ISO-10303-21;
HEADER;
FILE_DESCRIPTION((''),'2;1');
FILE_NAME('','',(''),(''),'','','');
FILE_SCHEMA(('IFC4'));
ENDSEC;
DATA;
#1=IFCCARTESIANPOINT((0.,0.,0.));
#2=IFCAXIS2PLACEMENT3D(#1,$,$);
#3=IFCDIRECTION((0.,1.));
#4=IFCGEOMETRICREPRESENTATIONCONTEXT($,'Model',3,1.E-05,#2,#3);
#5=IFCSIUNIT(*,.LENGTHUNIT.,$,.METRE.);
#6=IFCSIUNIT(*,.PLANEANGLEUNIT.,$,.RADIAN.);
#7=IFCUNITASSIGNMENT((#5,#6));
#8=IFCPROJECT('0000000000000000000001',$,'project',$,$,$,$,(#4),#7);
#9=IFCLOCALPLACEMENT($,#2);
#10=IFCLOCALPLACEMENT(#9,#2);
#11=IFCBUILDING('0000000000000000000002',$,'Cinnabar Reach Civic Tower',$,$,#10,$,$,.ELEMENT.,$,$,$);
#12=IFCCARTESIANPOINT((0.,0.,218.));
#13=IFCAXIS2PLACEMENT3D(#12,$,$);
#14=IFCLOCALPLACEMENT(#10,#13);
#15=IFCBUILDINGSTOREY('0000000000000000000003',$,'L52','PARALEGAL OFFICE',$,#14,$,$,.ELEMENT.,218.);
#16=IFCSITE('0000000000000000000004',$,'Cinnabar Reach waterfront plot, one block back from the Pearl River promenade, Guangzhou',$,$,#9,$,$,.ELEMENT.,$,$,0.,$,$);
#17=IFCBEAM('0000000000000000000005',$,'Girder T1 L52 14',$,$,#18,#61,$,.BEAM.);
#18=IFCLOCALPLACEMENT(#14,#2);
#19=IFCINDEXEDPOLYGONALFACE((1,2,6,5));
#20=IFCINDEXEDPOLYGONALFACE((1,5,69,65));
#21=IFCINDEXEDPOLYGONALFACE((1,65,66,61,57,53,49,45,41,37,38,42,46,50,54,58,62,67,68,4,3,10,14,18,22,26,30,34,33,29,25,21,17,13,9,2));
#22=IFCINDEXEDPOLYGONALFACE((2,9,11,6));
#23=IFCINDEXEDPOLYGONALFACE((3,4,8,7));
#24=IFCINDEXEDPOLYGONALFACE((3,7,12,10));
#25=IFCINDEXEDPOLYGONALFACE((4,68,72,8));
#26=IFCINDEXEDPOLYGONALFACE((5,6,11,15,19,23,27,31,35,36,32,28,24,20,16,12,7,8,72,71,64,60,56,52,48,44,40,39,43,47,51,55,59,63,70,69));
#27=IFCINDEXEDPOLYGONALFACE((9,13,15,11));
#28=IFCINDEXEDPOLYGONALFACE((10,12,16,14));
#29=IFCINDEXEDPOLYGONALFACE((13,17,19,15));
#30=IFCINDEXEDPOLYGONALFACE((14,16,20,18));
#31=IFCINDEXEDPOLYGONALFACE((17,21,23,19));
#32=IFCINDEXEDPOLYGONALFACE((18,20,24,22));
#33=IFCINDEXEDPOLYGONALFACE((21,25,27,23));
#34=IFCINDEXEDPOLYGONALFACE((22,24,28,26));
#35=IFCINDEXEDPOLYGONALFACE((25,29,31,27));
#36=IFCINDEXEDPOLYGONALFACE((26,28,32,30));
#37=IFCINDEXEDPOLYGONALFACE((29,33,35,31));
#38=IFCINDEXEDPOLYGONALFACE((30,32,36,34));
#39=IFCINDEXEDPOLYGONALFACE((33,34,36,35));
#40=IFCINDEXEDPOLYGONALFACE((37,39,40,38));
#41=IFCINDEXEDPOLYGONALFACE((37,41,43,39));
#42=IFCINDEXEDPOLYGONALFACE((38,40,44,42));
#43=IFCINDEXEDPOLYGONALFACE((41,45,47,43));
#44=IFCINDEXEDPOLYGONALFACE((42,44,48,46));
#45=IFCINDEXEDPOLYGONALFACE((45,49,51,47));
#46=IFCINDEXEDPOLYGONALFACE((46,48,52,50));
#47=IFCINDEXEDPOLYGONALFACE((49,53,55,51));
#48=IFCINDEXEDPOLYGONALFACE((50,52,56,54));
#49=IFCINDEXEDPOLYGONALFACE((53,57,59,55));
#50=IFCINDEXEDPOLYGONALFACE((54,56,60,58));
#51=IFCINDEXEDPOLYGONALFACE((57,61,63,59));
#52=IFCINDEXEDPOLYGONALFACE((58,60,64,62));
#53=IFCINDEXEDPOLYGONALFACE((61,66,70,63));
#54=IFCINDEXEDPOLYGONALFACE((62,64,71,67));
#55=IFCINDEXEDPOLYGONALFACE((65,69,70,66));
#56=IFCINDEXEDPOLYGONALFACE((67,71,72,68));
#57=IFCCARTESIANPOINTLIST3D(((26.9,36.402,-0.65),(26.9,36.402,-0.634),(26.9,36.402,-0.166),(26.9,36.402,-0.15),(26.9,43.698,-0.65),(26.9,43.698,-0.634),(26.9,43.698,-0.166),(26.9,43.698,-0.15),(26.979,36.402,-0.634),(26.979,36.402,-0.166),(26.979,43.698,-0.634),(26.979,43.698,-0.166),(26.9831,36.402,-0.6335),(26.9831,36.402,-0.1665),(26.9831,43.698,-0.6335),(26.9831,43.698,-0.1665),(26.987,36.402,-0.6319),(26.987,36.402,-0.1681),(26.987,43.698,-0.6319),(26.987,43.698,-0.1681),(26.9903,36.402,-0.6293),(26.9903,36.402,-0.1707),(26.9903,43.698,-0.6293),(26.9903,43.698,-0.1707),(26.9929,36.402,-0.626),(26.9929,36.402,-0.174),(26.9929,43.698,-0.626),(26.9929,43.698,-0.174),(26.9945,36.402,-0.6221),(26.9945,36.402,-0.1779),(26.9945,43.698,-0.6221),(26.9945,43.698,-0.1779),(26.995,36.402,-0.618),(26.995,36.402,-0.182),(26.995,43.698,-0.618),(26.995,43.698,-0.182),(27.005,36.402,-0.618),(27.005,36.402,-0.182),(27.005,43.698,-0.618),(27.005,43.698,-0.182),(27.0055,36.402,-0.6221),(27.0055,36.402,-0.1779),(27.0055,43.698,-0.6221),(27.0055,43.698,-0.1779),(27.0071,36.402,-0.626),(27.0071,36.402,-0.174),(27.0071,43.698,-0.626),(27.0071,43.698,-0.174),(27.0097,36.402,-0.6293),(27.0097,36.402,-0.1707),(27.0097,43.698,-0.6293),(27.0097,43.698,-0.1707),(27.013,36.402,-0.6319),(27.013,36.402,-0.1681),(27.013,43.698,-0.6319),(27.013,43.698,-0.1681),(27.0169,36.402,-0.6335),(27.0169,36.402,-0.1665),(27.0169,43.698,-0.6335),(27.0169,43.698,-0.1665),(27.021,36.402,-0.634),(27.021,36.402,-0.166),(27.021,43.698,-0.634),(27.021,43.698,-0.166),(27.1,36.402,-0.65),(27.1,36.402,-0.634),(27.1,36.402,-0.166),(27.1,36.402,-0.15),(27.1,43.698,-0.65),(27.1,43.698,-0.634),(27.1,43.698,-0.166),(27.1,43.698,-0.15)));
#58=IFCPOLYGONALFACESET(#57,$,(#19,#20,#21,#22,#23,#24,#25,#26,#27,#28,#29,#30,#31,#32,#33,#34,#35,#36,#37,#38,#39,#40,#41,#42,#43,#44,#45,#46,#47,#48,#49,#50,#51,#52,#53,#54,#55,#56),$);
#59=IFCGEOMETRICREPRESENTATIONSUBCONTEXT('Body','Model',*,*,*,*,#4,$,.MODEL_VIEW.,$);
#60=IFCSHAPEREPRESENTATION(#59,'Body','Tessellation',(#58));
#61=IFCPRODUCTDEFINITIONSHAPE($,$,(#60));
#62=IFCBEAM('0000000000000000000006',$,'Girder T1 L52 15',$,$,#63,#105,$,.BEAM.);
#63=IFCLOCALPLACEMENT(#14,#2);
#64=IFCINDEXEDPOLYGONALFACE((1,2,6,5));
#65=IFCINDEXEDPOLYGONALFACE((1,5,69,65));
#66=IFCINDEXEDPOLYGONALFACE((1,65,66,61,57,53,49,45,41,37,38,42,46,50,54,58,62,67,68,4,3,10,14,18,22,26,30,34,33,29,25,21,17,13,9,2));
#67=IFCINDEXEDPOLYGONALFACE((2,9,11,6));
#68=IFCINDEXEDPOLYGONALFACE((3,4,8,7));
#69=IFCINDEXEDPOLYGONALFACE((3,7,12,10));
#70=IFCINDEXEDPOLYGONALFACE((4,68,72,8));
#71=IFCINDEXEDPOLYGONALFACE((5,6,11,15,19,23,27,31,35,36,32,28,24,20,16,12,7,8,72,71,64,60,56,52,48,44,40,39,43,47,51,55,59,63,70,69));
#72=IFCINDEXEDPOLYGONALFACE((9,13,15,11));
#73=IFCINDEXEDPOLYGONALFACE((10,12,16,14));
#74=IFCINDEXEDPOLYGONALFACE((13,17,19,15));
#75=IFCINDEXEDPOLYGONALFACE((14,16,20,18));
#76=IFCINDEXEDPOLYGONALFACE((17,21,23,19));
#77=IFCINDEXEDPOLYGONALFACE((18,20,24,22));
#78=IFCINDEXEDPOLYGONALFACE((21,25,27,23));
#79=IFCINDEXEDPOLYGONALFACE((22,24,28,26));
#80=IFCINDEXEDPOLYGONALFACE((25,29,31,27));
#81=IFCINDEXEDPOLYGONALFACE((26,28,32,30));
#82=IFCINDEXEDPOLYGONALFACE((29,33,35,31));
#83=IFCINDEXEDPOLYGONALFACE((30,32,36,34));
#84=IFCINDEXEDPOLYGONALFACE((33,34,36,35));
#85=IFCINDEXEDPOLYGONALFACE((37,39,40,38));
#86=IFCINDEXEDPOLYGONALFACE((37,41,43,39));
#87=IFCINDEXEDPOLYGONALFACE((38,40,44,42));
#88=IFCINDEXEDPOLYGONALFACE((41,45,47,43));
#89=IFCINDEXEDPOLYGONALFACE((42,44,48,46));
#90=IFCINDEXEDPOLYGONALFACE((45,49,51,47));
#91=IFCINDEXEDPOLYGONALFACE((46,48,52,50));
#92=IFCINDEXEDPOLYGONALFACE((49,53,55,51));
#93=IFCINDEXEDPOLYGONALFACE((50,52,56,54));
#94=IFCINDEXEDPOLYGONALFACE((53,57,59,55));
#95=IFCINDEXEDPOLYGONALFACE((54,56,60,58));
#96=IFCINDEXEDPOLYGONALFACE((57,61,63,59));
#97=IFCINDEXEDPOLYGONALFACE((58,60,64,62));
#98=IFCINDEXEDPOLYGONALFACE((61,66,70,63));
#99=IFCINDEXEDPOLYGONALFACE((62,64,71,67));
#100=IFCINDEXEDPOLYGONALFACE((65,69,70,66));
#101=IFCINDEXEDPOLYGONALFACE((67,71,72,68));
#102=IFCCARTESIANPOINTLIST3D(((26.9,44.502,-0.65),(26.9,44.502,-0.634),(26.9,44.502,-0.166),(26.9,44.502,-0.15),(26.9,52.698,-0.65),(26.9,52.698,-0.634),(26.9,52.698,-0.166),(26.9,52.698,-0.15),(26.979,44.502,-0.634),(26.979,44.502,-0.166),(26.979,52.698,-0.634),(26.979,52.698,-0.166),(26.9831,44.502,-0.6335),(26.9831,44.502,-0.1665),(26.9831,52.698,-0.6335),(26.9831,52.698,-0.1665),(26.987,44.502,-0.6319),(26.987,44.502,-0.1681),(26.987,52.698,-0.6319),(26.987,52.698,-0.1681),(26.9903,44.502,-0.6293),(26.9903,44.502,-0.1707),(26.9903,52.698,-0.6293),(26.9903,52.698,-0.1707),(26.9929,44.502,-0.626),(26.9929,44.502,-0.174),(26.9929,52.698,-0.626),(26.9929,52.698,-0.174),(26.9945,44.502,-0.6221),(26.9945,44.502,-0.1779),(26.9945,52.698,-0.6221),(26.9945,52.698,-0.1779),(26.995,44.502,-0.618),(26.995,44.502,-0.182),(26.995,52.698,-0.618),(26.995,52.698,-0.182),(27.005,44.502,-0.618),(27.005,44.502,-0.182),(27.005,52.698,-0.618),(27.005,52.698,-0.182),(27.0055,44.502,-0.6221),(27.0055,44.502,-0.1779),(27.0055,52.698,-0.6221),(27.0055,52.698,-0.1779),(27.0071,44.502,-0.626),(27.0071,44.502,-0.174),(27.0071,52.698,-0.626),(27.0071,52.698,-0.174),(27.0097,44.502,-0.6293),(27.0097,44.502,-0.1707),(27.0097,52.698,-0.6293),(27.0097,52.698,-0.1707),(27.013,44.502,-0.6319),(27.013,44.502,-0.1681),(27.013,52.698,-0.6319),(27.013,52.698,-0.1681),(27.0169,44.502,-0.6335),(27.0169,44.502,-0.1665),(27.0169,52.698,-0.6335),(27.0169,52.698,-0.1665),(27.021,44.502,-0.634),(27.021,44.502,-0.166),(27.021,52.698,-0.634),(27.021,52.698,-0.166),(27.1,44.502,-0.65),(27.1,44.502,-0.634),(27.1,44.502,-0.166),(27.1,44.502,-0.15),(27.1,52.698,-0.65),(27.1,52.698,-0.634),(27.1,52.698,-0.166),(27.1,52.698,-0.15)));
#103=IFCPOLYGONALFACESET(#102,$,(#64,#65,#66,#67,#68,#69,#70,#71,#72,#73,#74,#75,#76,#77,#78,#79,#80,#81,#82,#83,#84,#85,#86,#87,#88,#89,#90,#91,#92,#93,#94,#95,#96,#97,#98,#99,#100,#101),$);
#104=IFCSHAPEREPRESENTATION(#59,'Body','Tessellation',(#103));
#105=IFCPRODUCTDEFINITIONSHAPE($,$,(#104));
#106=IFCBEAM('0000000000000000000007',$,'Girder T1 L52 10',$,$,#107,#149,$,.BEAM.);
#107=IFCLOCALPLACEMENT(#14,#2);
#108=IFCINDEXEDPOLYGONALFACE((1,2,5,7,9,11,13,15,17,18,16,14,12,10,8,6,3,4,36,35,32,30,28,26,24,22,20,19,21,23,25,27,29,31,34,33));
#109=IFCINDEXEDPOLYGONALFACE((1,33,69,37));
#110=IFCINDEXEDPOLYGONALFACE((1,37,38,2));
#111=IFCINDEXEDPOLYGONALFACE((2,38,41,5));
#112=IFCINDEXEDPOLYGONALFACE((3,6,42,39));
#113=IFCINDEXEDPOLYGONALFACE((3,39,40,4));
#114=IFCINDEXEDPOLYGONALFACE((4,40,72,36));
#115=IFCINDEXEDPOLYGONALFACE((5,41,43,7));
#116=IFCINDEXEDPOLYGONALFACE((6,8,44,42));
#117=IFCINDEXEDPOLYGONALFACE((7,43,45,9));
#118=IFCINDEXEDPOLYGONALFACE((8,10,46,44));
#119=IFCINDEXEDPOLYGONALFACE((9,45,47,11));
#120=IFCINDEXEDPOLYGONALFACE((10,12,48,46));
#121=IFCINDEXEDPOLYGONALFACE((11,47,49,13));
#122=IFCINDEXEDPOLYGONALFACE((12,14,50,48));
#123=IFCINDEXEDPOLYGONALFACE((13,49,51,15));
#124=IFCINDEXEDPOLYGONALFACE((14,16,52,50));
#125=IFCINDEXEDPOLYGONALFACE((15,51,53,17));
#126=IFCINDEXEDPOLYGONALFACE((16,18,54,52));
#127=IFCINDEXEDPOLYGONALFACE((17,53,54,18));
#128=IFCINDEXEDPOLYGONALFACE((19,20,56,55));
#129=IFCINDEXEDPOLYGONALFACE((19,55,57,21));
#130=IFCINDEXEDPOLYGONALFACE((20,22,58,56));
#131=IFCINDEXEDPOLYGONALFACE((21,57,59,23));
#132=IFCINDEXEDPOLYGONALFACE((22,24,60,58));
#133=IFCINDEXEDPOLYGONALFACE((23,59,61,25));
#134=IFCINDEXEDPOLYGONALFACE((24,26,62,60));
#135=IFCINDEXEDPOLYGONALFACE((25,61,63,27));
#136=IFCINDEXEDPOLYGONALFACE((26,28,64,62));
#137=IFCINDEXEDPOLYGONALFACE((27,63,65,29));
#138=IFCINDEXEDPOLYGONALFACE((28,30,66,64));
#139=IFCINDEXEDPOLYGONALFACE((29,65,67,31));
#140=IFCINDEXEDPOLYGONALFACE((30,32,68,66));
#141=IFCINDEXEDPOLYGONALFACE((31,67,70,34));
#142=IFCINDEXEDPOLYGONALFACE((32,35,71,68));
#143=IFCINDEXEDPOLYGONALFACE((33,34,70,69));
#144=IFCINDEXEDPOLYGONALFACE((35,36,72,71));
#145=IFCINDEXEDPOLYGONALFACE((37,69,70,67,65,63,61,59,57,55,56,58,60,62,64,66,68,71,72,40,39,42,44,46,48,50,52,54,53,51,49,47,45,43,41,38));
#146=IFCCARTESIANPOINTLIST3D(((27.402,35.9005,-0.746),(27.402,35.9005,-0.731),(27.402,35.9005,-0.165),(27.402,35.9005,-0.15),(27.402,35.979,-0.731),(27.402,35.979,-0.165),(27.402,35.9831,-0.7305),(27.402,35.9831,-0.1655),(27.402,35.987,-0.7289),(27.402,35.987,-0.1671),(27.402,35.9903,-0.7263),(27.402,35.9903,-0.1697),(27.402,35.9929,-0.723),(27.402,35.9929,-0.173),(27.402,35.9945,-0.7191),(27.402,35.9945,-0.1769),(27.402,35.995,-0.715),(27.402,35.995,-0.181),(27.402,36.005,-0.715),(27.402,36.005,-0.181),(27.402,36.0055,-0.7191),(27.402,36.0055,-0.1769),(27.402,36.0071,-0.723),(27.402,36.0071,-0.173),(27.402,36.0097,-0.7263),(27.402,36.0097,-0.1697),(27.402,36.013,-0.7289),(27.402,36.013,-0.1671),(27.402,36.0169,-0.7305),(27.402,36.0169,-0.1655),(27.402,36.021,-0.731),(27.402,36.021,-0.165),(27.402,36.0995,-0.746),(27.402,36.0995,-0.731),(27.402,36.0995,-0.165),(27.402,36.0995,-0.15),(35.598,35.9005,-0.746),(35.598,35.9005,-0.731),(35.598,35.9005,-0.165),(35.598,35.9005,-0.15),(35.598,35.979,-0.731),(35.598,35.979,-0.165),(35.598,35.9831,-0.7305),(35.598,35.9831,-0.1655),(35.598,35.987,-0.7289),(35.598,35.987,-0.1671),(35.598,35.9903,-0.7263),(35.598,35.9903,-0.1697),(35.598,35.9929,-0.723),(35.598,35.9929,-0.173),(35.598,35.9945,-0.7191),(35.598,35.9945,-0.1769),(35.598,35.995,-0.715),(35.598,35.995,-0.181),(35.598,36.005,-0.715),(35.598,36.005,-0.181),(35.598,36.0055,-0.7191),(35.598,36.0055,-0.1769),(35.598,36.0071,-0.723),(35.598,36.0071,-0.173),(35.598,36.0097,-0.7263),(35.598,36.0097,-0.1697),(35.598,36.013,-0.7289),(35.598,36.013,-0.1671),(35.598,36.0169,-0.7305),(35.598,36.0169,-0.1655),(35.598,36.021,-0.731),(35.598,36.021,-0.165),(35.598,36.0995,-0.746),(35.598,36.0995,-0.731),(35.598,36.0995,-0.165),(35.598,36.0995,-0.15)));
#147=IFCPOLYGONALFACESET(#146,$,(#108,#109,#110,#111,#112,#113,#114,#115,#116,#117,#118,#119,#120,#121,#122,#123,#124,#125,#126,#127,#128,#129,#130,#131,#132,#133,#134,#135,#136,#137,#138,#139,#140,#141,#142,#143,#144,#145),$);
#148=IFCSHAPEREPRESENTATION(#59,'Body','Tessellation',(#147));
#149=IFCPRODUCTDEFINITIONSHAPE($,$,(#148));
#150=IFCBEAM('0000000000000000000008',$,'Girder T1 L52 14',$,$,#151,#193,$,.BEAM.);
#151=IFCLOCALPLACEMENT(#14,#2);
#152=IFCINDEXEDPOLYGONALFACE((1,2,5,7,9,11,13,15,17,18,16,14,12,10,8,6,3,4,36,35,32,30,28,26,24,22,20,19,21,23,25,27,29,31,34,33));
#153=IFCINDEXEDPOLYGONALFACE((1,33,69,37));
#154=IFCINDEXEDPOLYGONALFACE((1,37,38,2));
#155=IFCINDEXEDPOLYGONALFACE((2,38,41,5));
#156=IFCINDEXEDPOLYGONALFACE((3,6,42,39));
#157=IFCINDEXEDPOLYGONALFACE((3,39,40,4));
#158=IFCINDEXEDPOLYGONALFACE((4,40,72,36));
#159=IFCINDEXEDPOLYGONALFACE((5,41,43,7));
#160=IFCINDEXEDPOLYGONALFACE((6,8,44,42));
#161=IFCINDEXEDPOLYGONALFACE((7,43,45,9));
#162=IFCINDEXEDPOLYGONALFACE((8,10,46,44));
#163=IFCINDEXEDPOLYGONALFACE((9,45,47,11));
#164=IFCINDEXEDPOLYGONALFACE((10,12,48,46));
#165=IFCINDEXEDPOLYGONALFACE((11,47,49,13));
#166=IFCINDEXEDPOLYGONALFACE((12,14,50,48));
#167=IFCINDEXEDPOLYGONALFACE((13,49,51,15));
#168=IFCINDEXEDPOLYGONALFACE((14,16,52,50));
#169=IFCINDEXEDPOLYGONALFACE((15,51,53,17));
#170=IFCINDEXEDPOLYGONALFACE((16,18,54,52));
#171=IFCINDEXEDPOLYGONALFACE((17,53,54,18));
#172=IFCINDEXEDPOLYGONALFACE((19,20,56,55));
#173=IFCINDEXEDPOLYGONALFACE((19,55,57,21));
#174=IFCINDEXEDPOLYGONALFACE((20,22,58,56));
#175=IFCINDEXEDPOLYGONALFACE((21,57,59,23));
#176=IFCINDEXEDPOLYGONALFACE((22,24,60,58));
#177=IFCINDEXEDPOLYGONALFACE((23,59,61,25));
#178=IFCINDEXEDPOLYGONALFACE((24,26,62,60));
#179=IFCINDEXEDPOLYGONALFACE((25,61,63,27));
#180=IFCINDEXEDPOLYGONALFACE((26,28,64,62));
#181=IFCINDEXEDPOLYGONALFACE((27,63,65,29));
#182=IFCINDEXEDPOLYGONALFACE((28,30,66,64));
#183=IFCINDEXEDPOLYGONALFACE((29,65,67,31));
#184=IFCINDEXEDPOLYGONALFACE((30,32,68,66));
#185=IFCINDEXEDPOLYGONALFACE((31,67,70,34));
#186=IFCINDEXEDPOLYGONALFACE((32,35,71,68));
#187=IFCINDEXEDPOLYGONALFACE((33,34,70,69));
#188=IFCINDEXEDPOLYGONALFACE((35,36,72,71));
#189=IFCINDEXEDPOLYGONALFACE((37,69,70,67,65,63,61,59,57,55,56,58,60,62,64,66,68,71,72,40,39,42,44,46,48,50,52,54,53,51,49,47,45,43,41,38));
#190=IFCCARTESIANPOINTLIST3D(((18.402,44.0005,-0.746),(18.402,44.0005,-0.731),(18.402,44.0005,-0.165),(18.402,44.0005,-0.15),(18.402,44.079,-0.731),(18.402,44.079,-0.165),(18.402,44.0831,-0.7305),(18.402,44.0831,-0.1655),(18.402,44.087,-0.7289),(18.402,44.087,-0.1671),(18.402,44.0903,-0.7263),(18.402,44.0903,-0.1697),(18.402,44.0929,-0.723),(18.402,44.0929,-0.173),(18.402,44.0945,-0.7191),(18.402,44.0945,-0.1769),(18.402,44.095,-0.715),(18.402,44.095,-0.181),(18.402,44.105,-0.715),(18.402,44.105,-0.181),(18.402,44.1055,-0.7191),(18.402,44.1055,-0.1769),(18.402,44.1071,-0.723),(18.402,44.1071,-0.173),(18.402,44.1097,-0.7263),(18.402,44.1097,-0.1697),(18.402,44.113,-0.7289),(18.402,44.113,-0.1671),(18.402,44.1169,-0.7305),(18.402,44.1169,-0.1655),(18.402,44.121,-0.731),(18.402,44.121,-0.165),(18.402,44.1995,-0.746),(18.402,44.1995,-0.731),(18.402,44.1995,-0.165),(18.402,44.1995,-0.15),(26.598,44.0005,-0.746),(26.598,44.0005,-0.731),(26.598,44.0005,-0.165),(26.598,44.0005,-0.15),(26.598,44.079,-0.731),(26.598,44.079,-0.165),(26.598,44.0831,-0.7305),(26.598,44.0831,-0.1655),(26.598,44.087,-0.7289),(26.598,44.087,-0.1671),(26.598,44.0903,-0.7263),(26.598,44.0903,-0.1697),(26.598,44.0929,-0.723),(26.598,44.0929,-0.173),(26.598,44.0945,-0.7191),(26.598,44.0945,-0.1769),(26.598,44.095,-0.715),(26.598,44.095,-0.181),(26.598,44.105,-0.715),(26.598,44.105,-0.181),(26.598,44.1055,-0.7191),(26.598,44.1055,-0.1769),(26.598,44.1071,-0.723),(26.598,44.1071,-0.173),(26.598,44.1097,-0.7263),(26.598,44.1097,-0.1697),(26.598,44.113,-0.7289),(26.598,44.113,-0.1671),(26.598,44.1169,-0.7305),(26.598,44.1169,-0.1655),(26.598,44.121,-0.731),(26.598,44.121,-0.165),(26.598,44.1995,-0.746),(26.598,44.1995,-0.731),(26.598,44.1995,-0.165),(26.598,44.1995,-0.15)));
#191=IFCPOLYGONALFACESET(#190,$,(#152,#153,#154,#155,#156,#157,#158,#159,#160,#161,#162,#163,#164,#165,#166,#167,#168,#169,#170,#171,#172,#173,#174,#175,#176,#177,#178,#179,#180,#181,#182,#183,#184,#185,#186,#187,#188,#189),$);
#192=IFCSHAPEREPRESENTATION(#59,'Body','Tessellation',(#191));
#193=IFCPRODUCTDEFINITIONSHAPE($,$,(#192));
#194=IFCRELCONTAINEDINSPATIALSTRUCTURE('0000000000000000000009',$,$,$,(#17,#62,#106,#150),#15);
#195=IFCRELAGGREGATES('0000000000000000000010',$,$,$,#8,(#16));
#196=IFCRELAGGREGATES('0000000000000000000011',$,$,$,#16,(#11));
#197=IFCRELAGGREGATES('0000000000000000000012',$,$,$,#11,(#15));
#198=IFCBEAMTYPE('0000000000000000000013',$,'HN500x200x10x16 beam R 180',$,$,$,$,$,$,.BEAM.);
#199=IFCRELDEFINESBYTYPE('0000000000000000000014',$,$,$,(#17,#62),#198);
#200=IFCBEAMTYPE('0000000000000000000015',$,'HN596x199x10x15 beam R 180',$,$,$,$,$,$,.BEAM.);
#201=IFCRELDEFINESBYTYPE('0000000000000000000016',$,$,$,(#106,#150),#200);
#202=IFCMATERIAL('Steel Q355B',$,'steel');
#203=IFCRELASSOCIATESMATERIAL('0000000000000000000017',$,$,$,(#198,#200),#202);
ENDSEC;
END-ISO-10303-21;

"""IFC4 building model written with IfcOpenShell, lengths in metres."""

from ifc_helpers import new_model, si_unit, direction, frame, origin, origin_2d, place, context, subcontext, project, spatial, i_section, extrude, material, material_profile, profile_set, type_object, element, save


model = new_model("IFC4")

# Units and contexts
model_context = context("Model", 3, precision=1e-05, world=origin(), true_north=direction((0.0, 1.0)))
body_context = subcontext(model_context, "Body", "Model", "MODEL_VIEW")
ifc_project = project(units=[si_unit("LENGTHUNIT", "METRE"), si_unit("PLANEANGLEUNIT", "RADIAN")], contexts=[model_context])

# Site, building, storey
site_placement = place(None, origin())
site = spatial("IfcSite", under=ifc_project, at=site_placement, Name="Cinnabar Reach waterfront plot, one block back from the Pearl River promenade, Guangzhou", CompositionType="ELEMENT", RefElevation=0.0)
building_placement = place(site_placement, origin())
building = spatial("IfcBuilding", under=site, at=building_placement, Name="Cinnabar Reach Civic Tower", CompositionType="ELEMENT")
storey_placement = place(building_placement, frame((0.0, 0.0, 218.0)))
storey = spatial("IfcBuildingStorey", under=building, at=storey_placement, Name="L52", Description="PARALEGAL OFFICE", CompositionType="ELEMENT", Elevation=218.0)

# Beams
ifc_material_1 = material(Name="Steel Q355B", Category="steel")
ifc_material_profile_1 = material_profile(ifc_material_1, i_section(OverallWidth=0.2, OverallDepth=0.5, WebThickness=0.01, FlangeThickness=0.016, FilletRadius=0.016, at=origin_2d()), Name="HN500x200x10x16")
ifc_profile_set_1 = profile_set([ifc_material_profile_1], Name="Steel Q355B")
beam_type_1 = type_object("IfcBeamType", Name="HN500x200x10x16 beam R 180", PredefinedType="BEAM", material=ifc_profile_set_1)
beam_1_placement = place(storey_placement, frame((27.0, 36.402, -0.4), z_axis=(0.0, 1.0, 0.0), x_axis=(-1.0, 0.0, 0.0)))
element("IfcBeam", 1, at=beam_1_placement, inside=storey, type_object=beam_type_1, Name="Girder T1 L52 14", PredefinedType="BEAM", context=body_context, shape_type="SweptSolid", body=[
    extrude(i_section(OverallWidth=0.2, OverallDepth=0.5, WebThickness=0.01, FlangeThickness=0.016, FilletRadius=0.016, at=origin_2d()), origin(), (0.0, 0.0, 1.0), 7.296),
])
beam_2_placement = place(storey_placement, frame((27.0, 44.502, -0.4), z_axis=(0.0, 1.0, 0.0), x_axis=(-1.0, 0.0, 0.0)))
element("IfcBeam", 2, at=beam_2_placement, inside=storey, type_object=beam_type_1, Name="Girder T1 L52 15", PredefinedType="BEAM", context=body_context, shape_type="SweptSolid", body=[
    extrude(i_section(OverallWidth=0.2, OverallDepth=0.5, WebThickness=0.01, FlangeThickness=0.016, FilletRadius=0.016, at=origin_2d()), origin(), (0.0, 0.0, 1.0), 8.196),
])
ifc_material_profile_2 = material_profile(ifc_material_1, i_section(OverallWidth=0.199, OverallDepth=0.596, WebThickness=0.01, FlangeThickness=0.015, FilletRadius=0.016, at=origin_2d()), Name="HN596x199x10x15")
ifc_profile_set_2 = profile_set([ifc_material_profile_2], Name="Steel Q355B")
beam_type_2 = type_object("IfcBeamType", Name="HN596x199x10x15 beam R 180", PredefinedType="BEAM", material=ifc_profile_set_2)
for number, where, z_axis, x_axis, name in (
    (3, (27.402, 36.0, -0.448), (1.0, 0.0, 0.0), (0.0, 1.0, 0.0), "Girder T1 L52 10"),
    (4, (18.402, 44.1, -0.448), (1.0, 0.0, 0.0), (0.0, 1.0, 0.0), "Girder T1 L52 14"),
):
    element("IfcBeam", number, at=place(storey_placement, frame(where, z_axis=z_axis, x_axis=x_axis)), inside=storey, type_object=beam_type_2, Name=name, PredefinedType="BEAM", context=body_context, shape_type="SweptSolid", body=[
        extrude(i_section(OverallWidth=0.199, OverallDepth=0.596, WebThickness=0.01, FlangeThickness=0.015, FilletRadius=0.016, at=origin_2d()), origin(), (0.0, 0.0, 1.0), 8.196),
    ])

save(model, "model.ifc")
